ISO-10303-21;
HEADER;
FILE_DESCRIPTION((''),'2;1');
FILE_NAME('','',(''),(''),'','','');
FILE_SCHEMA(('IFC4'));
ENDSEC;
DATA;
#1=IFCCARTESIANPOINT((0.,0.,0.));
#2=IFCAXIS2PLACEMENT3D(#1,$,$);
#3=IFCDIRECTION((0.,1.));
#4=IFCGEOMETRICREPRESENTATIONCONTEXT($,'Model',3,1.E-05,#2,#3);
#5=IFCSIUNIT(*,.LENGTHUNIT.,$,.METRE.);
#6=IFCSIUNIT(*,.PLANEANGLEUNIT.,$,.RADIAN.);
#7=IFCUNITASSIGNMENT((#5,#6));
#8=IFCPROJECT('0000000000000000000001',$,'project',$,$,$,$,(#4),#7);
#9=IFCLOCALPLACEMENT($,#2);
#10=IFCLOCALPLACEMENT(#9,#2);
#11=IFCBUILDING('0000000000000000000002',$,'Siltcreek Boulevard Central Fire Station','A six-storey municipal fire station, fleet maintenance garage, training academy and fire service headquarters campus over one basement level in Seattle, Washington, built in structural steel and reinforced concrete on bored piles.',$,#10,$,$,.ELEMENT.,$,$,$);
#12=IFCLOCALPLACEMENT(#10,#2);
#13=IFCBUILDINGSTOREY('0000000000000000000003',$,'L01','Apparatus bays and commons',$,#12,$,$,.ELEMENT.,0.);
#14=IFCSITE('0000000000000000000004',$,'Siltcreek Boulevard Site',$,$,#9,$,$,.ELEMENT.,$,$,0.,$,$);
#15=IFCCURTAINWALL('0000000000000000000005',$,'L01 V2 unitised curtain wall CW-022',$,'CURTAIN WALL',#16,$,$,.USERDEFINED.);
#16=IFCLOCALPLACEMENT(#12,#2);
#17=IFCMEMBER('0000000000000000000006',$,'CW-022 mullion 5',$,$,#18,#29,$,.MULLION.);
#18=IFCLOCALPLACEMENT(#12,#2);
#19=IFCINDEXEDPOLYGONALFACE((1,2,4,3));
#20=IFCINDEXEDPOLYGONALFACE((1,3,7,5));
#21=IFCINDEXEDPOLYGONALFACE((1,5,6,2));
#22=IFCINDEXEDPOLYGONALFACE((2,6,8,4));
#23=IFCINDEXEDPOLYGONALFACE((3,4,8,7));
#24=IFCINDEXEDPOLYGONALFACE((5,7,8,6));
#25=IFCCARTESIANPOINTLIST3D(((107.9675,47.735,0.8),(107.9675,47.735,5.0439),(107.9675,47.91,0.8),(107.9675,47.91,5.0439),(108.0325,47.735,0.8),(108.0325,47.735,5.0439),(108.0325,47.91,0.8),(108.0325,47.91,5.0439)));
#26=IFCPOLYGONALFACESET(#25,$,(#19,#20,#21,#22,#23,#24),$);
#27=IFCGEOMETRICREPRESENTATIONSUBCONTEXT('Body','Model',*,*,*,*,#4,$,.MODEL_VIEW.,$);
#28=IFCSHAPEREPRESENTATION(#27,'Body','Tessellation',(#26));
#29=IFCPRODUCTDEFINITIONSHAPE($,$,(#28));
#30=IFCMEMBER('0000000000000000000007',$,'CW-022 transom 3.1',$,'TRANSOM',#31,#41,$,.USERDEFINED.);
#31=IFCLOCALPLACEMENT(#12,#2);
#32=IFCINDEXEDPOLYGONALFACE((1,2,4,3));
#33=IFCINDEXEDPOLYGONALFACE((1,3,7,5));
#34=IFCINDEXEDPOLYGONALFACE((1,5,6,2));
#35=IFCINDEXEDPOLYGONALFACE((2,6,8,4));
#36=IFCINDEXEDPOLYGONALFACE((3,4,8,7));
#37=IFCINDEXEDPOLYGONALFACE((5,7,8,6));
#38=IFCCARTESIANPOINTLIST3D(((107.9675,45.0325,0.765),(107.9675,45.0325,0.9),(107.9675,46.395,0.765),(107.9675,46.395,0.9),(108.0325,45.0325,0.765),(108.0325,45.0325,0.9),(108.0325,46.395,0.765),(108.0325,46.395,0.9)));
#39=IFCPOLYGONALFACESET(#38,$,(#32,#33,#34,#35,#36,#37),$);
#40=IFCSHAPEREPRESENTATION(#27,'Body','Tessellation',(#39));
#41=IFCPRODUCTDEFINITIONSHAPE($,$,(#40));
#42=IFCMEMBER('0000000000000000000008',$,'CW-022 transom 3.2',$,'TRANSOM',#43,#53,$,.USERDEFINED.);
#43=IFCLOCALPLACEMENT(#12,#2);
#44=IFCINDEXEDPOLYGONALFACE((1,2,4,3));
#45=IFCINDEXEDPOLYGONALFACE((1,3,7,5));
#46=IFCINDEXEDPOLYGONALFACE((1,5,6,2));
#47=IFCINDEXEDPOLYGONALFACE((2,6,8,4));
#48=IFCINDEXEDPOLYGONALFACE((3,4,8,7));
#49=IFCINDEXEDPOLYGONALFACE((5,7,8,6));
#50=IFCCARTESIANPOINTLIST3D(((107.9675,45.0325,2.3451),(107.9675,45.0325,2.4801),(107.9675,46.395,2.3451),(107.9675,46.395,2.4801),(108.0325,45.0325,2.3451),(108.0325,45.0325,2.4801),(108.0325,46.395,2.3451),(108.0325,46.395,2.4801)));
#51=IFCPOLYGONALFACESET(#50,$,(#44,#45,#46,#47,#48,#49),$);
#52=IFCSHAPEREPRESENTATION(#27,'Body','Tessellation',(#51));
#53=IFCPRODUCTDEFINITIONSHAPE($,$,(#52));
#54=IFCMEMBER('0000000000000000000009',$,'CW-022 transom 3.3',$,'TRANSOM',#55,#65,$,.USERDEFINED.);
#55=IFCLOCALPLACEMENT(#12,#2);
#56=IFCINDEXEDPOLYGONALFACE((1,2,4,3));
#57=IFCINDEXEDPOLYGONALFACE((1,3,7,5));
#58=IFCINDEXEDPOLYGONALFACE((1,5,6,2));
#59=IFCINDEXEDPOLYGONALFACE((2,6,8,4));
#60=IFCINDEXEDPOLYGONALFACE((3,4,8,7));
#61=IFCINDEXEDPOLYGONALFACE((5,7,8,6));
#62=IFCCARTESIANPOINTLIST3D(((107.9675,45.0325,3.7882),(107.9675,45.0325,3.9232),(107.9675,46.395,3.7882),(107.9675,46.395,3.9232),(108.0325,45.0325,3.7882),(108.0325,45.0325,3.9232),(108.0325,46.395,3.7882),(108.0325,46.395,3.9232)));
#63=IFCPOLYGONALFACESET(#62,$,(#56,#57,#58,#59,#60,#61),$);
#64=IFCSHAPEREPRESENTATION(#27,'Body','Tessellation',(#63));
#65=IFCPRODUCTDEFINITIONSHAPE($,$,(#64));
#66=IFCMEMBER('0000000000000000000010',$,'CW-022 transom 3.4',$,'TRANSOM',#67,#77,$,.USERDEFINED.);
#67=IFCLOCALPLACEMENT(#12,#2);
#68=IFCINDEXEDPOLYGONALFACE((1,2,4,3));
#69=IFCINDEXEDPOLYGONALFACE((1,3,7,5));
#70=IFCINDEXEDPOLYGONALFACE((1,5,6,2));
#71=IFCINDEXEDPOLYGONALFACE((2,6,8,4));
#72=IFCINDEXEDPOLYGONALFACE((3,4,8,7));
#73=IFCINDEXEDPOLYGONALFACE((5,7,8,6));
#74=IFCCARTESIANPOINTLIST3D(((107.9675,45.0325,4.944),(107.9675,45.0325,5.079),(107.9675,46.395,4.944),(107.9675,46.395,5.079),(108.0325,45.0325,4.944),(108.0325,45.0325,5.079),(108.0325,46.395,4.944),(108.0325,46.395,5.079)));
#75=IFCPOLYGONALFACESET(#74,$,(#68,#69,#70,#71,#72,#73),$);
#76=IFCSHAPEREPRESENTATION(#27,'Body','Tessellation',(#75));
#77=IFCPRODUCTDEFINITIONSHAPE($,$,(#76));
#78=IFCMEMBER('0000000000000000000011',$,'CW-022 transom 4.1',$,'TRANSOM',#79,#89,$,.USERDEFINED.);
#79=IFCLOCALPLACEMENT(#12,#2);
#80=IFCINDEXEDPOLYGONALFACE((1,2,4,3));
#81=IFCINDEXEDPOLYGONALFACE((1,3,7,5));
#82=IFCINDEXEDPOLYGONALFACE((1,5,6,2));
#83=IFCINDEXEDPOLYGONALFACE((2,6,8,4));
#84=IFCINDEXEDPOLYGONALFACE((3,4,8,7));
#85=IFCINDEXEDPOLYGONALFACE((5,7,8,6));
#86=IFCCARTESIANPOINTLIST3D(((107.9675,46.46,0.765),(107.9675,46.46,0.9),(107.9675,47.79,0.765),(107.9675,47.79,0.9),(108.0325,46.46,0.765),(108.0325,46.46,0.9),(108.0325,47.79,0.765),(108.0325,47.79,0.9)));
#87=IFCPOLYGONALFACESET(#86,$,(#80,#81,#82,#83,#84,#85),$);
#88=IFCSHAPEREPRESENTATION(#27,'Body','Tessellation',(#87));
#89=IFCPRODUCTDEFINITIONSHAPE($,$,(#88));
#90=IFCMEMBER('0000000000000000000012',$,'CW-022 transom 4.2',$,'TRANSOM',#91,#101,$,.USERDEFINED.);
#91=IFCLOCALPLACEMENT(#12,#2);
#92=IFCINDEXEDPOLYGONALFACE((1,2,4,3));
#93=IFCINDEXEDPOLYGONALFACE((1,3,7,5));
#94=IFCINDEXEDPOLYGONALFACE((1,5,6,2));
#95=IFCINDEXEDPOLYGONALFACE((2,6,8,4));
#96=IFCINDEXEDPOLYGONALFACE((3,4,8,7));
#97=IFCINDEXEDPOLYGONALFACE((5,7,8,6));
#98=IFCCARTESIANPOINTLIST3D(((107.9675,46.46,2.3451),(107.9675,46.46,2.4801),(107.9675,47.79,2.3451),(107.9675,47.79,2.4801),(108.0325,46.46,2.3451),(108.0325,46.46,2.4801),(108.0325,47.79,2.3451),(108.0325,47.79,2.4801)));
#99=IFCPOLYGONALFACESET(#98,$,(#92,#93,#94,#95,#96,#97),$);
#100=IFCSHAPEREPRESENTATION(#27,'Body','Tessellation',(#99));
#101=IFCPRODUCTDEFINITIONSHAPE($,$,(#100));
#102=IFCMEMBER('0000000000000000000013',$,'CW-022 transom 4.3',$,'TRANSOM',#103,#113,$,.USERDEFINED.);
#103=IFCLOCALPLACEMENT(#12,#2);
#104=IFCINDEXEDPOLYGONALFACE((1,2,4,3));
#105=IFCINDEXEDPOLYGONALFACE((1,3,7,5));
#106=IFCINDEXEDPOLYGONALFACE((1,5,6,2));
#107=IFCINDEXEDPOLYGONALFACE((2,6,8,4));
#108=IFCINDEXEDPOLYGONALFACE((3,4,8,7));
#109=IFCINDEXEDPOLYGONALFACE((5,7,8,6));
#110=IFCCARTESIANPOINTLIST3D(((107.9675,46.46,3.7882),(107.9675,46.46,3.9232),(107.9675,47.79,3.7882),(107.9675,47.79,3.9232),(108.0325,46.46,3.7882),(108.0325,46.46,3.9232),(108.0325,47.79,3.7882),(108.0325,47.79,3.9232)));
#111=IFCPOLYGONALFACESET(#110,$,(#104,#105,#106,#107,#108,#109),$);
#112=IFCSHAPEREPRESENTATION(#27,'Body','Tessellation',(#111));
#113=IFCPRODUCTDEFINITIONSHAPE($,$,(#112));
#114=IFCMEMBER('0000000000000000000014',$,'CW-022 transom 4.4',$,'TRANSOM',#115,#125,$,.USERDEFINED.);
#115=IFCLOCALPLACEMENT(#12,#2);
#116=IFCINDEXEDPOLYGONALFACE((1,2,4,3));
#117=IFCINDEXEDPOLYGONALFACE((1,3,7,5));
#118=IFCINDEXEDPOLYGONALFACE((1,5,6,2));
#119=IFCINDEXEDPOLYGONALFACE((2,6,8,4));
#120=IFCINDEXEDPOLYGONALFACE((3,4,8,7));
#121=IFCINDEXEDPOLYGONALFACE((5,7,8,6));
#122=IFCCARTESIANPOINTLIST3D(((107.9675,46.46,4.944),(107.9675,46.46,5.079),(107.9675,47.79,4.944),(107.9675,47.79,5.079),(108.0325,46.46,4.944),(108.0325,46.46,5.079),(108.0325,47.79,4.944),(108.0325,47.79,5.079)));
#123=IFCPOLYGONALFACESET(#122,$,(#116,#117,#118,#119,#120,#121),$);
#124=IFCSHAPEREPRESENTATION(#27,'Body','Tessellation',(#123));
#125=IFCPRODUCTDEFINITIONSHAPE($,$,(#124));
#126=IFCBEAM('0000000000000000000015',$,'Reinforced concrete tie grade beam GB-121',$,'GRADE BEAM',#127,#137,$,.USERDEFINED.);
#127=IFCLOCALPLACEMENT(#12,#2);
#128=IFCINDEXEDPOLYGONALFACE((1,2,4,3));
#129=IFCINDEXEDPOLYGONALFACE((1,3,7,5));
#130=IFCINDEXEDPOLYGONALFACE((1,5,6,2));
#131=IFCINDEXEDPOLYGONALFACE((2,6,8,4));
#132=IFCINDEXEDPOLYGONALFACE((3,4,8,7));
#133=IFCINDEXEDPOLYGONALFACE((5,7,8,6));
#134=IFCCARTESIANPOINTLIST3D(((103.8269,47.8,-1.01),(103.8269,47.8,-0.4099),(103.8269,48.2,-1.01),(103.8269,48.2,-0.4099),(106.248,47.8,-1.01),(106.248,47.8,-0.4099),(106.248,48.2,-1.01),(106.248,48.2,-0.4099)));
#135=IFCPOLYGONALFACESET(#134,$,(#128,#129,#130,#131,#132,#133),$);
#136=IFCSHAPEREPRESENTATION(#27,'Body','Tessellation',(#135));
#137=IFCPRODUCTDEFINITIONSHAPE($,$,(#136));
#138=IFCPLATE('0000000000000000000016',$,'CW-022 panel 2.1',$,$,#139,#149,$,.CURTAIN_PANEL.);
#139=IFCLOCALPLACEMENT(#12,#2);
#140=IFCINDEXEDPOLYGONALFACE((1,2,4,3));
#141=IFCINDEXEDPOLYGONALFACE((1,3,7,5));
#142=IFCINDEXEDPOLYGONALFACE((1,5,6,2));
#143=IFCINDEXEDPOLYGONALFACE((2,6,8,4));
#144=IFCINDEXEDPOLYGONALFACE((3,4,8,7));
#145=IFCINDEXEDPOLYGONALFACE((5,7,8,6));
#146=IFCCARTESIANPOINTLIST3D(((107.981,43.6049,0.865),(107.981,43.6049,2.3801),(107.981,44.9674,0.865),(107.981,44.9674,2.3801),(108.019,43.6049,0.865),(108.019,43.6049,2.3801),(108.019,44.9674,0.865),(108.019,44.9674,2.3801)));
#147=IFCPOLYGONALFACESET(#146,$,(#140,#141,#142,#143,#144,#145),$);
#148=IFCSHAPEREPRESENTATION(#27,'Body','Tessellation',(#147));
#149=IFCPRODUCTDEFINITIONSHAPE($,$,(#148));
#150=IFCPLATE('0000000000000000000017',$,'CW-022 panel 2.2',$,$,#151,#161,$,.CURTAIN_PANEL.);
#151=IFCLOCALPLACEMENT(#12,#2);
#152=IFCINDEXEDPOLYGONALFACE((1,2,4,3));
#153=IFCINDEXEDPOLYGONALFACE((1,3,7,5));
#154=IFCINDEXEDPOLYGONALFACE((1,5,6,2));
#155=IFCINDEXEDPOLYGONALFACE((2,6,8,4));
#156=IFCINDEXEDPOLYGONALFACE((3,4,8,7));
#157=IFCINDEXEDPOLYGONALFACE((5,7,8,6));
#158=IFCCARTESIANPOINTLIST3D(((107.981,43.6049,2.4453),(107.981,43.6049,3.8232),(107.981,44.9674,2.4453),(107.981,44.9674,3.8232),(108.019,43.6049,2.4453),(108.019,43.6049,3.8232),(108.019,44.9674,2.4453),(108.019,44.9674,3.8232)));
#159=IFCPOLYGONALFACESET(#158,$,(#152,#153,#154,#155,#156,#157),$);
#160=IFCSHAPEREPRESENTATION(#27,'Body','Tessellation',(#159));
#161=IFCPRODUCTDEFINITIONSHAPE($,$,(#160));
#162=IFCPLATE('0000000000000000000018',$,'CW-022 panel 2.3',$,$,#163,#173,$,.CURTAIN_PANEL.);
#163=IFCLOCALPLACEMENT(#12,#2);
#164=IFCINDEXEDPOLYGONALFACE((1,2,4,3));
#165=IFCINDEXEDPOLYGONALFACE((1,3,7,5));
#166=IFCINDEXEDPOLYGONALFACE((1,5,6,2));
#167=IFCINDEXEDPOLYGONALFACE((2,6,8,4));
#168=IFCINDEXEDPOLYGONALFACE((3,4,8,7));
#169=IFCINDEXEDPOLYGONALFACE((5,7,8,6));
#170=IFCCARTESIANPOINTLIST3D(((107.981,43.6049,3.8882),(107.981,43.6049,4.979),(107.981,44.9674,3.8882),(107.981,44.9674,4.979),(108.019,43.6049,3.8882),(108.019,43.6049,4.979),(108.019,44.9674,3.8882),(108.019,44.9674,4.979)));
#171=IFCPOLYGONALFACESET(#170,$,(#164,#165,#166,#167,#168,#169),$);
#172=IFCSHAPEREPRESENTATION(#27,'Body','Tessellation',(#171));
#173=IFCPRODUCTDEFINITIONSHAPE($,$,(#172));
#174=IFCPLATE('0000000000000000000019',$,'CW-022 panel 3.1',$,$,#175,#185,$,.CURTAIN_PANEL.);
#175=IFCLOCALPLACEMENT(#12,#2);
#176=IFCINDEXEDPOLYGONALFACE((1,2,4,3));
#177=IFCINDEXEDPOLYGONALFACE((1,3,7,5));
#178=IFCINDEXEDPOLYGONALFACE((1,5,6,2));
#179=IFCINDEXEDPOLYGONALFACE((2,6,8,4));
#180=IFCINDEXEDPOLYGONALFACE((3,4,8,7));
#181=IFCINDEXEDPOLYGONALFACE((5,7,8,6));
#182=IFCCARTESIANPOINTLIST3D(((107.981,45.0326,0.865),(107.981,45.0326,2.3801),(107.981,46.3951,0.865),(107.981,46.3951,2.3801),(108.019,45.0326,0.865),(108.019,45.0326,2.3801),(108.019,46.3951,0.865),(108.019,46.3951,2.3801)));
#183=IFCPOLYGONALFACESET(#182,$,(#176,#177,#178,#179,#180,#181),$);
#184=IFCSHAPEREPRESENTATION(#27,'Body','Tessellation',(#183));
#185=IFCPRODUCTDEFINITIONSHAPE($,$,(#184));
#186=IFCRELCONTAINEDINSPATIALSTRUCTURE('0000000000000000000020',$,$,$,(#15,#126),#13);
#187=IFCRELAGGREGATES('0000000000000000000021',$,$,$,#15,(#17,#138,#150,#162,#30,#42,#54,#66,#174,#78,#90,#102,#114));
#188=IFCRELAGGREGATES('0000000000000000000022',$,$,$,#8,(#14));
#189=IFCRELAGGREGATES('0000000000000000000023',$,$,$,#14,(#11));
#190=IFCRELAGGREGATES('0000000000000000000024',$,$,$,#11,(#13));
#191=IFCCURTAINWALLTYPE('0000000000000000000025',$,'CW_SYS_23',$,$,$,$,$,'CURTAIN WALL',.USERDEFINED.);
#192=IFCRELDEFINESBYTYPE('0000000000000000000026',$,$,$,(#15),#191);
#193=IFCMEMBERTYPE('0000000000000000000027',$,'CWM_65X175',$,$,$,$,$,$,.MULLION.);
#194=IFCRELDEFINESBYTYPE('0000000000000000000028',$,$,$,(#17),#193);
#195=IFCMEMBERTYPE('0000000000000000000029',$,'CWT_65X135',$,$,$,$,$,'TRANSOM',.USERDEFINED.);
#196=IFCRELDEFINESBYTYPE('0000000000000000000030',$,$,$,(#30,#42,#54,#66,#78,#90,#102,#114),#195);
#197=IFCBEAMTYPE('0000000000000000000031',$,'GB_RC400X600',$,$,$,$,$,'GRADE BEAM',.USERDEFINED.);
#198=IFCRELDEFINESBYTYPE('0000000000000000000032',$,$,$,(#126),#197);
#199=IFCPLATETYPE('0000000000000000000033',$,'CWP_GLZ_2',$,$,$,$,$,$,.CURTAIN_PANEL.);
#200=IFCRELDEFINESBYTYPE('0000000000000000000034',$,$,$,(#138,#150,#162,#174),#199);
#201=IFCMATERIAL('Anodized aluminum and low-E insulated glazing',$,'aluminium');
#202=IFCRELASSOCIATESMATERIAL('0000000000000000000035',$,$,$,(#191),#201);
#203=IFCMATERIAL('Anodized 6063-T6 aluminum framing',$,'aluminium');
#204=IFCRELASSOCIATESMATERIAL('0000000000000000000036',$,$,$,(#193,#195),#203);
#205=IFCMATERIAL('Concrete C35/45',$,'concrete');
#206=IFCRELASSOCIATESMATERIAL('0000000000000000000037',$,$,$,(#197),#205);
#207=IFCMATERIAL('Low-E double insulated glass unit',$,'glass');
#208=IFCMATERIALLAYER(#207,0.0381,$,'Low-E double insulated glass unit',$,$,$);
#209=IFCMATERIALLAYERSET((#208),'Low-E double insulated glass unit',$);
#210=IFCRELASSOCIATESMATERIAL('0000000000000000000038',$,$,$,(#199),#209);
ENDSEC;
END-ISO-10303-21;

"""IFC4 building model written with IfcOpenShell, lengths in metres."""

from ifc_helpers import new_model, si_unit, direction, frame, origin, origin_2d, place, context, subcontext, project, spatial, rectangle, extrude, material, layer, layer_set, material_profile, profile_set, type_object, element, aggregate, save


model = new_model("IFC4")

# Units and contexts
model_context = context("Model", 3, precision=1e-05, world=origin(), true_north=direction((0.0, 1.0)))
body_context = subcontext(model_context, "Body", "Model", "MODEL_VIEW")
ifc_project = project(units=[si_unit("LENGTHUNIT", "METRE"), si_unit("PLANEANGLEUNIT", "RADIAN")], contexts=[model_context])

# Site, building, storey
site_placement = place(None, origin())
site = spatial("IfcSite", under=ifc_project, at=site_placement, Name="Siltcreek Boulevard Site", CompositionType="ELEMENT", RefElevation=0.0)
building_placement = place(site_placement, origin())
building = spatial("IfcBuilding", under=site, at=building_placement, Name="Siltcreek Boulevard Central Fire Station", Description="A six-storey municipal fire station, fleet maintenance garage, training academy and fire service headquarters campus over one basement level in Seattle, Washington, built in structural steel and reinforced concrete on bored piles.", CompositionType="ELEMENT")
storey_placement = place(building_placement, origin())
storey = spatial("IfcBuildingStorey", under=building, at=storey_placement, Name="L01", Description="Apparatus bays and commons", CompositionType="ELEMENT", Elevation=0.0)

# Shared definitions
ifc_material_1 = material(Name="Concrete C35/45", Category="concrete")

# Curtain wall, members
ifc_material_2 = material(Name="Anodized aluminum and low-E insulated glazing", Category="aluminium")
curtain_wall_type = type_object("IfcCurtainWallType", Name="CW_SYS_23", ElementType="CURTAIN WALL", PredefinedType="USERDEFINED", material=ifc_material_2)
curtain_wall_placement = place(storey_placement, origin())
curtain_wall = element("IfcCurtainWall", 1, at=curtain_wall_placement, inside=storey, type_object=curtain_wall_type, Name="L01 V2 unitised curtain wall CW-022", ObjectType="CURTAIN WALL", PredefinedType="USERDEFINED")
ifc_material_3 = material(Name="Anodized 6063-T6 aluminum framing", Category="aluminium")
ifc_material_profile_1 = material_profile(ifc_material_3, rectangle(XDim=0.0649, YDim=0.175, at=origin_2d()), Name="MULL65X175")
ifc_profile_set_1 = profile_set([ifc_material_profile_1], Name="Anodized 6063-T6 aluminum framing")
member_type_1 = type_object("IfcMemberType", Name="CWM_65X175", PredefinedType="MULLION", material=ifc_profile_set_1)
member_1_placement = place(storey_placement, frame((108.0, 47.8225, 0.8), z_axis=(0.0, 0.0, 1.0), x_axis=(-1.0, 0.0, 0.0)))
member_1 = element("IfcMember", 2, at=member_1_placement, type_object=member_type_1, Name="CW-022 mullion 5", PredefinedType="MULLION", context=body_context, shape_type="SweptSolid", body=[
    extrude(rectangle(XDim=0.0649, YDim=0.175, at=origin_2d()), origin(), (0.0, 0.0, 1.0), 4.2439),
])
ifc_material_profile_2 = material_profile(ifc_material_3, rectangle(XDim=0.0649, YDim=0.135, at=origin_2d()), Name="TRAN65X135")
ifc_profile_set_2 = profile_set([ifc_material_profile_2], Name="Anodized 6063-T6 aluminum framing")
member_type_2 = type_object("IfcMemberType", Name="CWT_65X135", ElementType="TRANSOM", PredefinedType="USERDEFINED", material=ifc_profile_set_2)
member_2_placement = place(storey_placement, frame((108.0, 45.0325, 0.8325), z_axis=(0.0, 1.0, 0.0), x_axis=(-1.0, 0.0, 0.0)))
member_2 = element("IfcMember", 3, at=member_2_placement, type_object=member_type_2, Name="CW-022 transom 3.1", ObjectType="TRANSOM", PredefinedType="USERDEFINED", context=body_context, shape_type="SweptSolid", body=[
    extrude(rectangle(XDim=0.0649, YDim=0.135, at=origin_2d()), origin(), (0.0, 0.0, 1.0), 1.3625),
])
member_3_placement = place(storey_placement, frame((108.0, 45.0325, 2.4126), z_axis=(0.0, 1.0, 0.0), x_axis=(-1.0, 0.0, 0.0)))
member_3 = element("IfcMember", 4, at=member_3_placement, type_object=member_type_2, Name="CW-022 transom 3.2", ObjectType="TRANSOM", PredefinedType="USERDEFINED", context=body_context, shape_type="SweptSolid", body=[
    extrude(rectangle(XDim=0.0649, YDim=0.135, at=origin_2d()), origin(), (0.0, 0.0, 1.0), 1.3625),
])
member_4_placement = place(storey_placement, frame((108.0, 45.0325, 3.8557), z_axis=(0.0, 1.0, 0.0), x_axis=(-1.0, 0.0, 0.0)))
member_4 = element("IfcMember", 5, at=member_4_placement, type_object=member_type_2, Name="CW-022 transom 3.3", ObjectType="TRANSOM", PredefinedType="USERDEFINED", context=body_context, shape_type="SweptSolid", body=[
    extrude(rectangle(XDim=0.0649, YDim=0.135, at=origin_2d()), origin(), (0.0, 0.0, 1.0), 1.3625),
])
member_5_placement = place(storey_placement, frame((108.0, 45.0325, 5.0115), z_axis=(0.0, 1.0, 0.0), x_axis=(-1.0, 0.0, 0.0)))
member_5 = element("IfcMember", 6, at=member_5_placement, type_object=member_type_2, Name="CW-022 transom 3.4", ObjectType="TRANSOM", PredefinedType="USERDEFINED", context=body_context, shape_type="SweptSolid", body=[
    extrude(rectangle(XDim=0.0649, YDim=0.135, at=origin_2d()), origin(), (0.0, 0.0, 1.0), 1.3625),
])
member_6_placement = place(storey_placement, frame((108.0, 46.46, 0.8325), z_axis=(0.0, 1.0, 0.0), x_axis=(-1.0, 0.0, 0.0)))
member_6 = element("IfcMember", 7, at=member_6_placement, type_object=member_type_2, Name="CW-022 transom 4.1", ObjectType="TRANSOM", PredefinedType="USERDEFINED", context=body_context, shape_type="SweptSolid", body=[
    extrude(rectangle(XDim=0.0649, YDim=0.135, at=origin_2d()), origin(), (0.0, 0.0, 1.0), 1.3301),
])
member_7_placement = place(storey_placement, frame((108.0, 46.46, 2.4126), z_axis=(0.0, 1.0, 0.0), x_axis=(-1.0, 0.0, 0.0)))
member_7 = element("IfcMember", 8, at=member_7_placement, type_object=member_type_2, Name="CW-022 transom 4.2", ObjectType="TRANSOM", PredefinedType="USERDEFINED", context=body_context, shape_type="SweptSolid", body=[
    extrude(rectangle(XDim=0.0649, YDim=0.135, at=origin_2d()), origin(), (0.0, 0.0, 1.0), 1.3301),
])
member_8_placement = place(storey_placement, frame((108.0, 46.46, 3.8557), z_axis=(0.0, 1.0, 0.0), x_axis=(-1.0, 0.0, 0.0)))
member_8 = element("IfcMember", 9, at=member_8_placement, type_object=member_type_2, Name="CW-022 transom 4.3", ObjectType="TRANSOM", PredefinedType="USERDEFINED", context=body_context, shape_type="SweptSolid", body=[
    extrude(rectangle(XDim=0.0649, YDim=0.135, at=origin_2d()), origin(), (0.0, 0.0, 1.0), 1.3301),
])
member_9_placement = place(storey_placement, frame((108.0, 46.46, 5.0115), z_axis=(0.0, 1.0, 0.0), x_axis=(-1.0, 0.0, 0.0)))
member_9 = element("IfcMember", 10, at=member_9_placement, type_object=member_type_2, Name="CW-022 transom 4.4", ObjectType="TRANSOM", PredefinedType="USERDEFINED", context=body_context, shape_type="SweptSolid", body=[
    extrude(rectangle(XDim=0.0649, YDim=0.135, at=origin_2d()), origin(), (0.0, 0.0, 1.0), 1.3301),
])

# Beam
ifc_material_profile_3 = material_profile(ifc_material_1, rectangle(XDim=0.3999, YDim=0.6001, at=origin_2d()), Name="RC400X600")
ifc_profile_set_3 = profile_set([ifc_material_profile_3], Name="Concrete C35/45")
beam_type = type_object("IfcBeamType", Name="GB_RC400X600", ElementType="GRADE BEAM", PredefinedType="USERDEFINED", material=ifc_profile_set_3)
beam_placement = place(storey_placement, frame((103.8269, 48.0, -0.71), z_axis=(1.0, 0.0, 0.0), x_axis=(0.0, 1.0, 0.0)))
element("IfcBeam", 11, at=beam_placement, inside=storey, type_object=beam_type, Name="Reinforced concrete tie grade beam GB-121", ObjectType="GRADE BEAM", PredefinedType="USERDEFINED", context=body_context, shape_type="SweptSolid", body=[
    extrude(rectangle(XDim=0.3999, YDim=0.6001, at=origin_2d()), origin(), (0.0, 0.0, 1.0), 2.4211),
])

# Plates
ifc_material_4 = material(Name="Low-E double insulated glass unit", Category="glass")
ifc_layer_1 = layer(ifc_material_4, 0.0381, Name="Low-E double insulated glass unit")
ifc_layer_set_1 = layer_set([ifc_layer_1], Name="Low-E double insulated glass unit")
plate_type = type_object("IfcPlateType", Name="CWP_GLZ_2", PredefinedType="CURTAIN_PANEL", material=ifc_layer_set_1)
plate_1_placement = place(storey_placement, frame((108.0, 44.2861, 0.865), z_axis=(0.0, 0.0, 1.0), x_axis=(0.0, 1.0, 0.0)))
plate_1 = element("IfcPlate", 12, at=plate_1_placement, type_object=plate_type, Name="CW-022 panel 2.1", PredefinedType="CURTAIN_PANEL", context=body_context, shape_type="SweptSolid", body=[
    extrude(rectangle(XDim=1.3625, YDim=0.0381, at=origin_2d()), origin(), (0.0, 0.0, 1.0), 1.5151),
])
plate_2_placement = place(storey_placement, frame((108.0, 44.2861, 2.4453), z_axis=(0.0, 0.0, 1.0), x_axis=(0.0, 1.0, 0.0)))
plate_2 = element("IfcPlate", 13, at=plate_2_placement, type_object=plate_type, Name="CW-022 panel 2.2", PredefinedType="CURTAIN_PANEL", context=body_context, shape_type="SweptSolid", body=[
    extrude(rectangle(XDim=1.3625, YDim=0.0381, at=origin_2d()), origin(), (0.0, 0.0, 1.0), 1.3779),
])
plate_3_placement = place(storey_placement, frame((108.0, 44.2861, 3.8882), z_axis=(0.0, 0.0, 1.0), x_axis=(0.0, 1.0, 0.0)))
plate_3 = element("IfcPlate", 14, at=plate_3_placement, type_object=plate_type, Name="CW-022 panel 2.3", PredefinedType="CURTAIN_PANEL", context=body_context, shape_type="SweptSolid", body=[
    extrude(rectangle(XDim=1.3625, YDim=0.0381, at=origin_2d()), origin(), (0.0, 0.0, 1.0), 1.0908),
])
plate_4_placement = place(storey_placement, frame((108.0, 45.7139, 0.865), z_axis=(0.0, 0.0, 1.0), x_axis=(0.0, 1.0, 0.0)))
plate_4 = element("IfcPlate", 15, at=plate_4_placement, type_object=plate_type, Name="CW-022 panel 3.1", PredefinedType="CURTAIN_PANEL", context=body_context, shape_type="SweptSolid", body=[
    extrude(rectangle(XDim=1.3625, YDim=0.0381, at=origin_2d()), origin(), (0.0, 0.0, 1.0), 1.5151),
])
aggregate(curtain_wall, [member_1, plate_1, plate_2, plate_3, member_2, member_3, member_4, member_5, plate_4, member_6, member_7, member_8, member_9])

save(model, "model.ifc")
